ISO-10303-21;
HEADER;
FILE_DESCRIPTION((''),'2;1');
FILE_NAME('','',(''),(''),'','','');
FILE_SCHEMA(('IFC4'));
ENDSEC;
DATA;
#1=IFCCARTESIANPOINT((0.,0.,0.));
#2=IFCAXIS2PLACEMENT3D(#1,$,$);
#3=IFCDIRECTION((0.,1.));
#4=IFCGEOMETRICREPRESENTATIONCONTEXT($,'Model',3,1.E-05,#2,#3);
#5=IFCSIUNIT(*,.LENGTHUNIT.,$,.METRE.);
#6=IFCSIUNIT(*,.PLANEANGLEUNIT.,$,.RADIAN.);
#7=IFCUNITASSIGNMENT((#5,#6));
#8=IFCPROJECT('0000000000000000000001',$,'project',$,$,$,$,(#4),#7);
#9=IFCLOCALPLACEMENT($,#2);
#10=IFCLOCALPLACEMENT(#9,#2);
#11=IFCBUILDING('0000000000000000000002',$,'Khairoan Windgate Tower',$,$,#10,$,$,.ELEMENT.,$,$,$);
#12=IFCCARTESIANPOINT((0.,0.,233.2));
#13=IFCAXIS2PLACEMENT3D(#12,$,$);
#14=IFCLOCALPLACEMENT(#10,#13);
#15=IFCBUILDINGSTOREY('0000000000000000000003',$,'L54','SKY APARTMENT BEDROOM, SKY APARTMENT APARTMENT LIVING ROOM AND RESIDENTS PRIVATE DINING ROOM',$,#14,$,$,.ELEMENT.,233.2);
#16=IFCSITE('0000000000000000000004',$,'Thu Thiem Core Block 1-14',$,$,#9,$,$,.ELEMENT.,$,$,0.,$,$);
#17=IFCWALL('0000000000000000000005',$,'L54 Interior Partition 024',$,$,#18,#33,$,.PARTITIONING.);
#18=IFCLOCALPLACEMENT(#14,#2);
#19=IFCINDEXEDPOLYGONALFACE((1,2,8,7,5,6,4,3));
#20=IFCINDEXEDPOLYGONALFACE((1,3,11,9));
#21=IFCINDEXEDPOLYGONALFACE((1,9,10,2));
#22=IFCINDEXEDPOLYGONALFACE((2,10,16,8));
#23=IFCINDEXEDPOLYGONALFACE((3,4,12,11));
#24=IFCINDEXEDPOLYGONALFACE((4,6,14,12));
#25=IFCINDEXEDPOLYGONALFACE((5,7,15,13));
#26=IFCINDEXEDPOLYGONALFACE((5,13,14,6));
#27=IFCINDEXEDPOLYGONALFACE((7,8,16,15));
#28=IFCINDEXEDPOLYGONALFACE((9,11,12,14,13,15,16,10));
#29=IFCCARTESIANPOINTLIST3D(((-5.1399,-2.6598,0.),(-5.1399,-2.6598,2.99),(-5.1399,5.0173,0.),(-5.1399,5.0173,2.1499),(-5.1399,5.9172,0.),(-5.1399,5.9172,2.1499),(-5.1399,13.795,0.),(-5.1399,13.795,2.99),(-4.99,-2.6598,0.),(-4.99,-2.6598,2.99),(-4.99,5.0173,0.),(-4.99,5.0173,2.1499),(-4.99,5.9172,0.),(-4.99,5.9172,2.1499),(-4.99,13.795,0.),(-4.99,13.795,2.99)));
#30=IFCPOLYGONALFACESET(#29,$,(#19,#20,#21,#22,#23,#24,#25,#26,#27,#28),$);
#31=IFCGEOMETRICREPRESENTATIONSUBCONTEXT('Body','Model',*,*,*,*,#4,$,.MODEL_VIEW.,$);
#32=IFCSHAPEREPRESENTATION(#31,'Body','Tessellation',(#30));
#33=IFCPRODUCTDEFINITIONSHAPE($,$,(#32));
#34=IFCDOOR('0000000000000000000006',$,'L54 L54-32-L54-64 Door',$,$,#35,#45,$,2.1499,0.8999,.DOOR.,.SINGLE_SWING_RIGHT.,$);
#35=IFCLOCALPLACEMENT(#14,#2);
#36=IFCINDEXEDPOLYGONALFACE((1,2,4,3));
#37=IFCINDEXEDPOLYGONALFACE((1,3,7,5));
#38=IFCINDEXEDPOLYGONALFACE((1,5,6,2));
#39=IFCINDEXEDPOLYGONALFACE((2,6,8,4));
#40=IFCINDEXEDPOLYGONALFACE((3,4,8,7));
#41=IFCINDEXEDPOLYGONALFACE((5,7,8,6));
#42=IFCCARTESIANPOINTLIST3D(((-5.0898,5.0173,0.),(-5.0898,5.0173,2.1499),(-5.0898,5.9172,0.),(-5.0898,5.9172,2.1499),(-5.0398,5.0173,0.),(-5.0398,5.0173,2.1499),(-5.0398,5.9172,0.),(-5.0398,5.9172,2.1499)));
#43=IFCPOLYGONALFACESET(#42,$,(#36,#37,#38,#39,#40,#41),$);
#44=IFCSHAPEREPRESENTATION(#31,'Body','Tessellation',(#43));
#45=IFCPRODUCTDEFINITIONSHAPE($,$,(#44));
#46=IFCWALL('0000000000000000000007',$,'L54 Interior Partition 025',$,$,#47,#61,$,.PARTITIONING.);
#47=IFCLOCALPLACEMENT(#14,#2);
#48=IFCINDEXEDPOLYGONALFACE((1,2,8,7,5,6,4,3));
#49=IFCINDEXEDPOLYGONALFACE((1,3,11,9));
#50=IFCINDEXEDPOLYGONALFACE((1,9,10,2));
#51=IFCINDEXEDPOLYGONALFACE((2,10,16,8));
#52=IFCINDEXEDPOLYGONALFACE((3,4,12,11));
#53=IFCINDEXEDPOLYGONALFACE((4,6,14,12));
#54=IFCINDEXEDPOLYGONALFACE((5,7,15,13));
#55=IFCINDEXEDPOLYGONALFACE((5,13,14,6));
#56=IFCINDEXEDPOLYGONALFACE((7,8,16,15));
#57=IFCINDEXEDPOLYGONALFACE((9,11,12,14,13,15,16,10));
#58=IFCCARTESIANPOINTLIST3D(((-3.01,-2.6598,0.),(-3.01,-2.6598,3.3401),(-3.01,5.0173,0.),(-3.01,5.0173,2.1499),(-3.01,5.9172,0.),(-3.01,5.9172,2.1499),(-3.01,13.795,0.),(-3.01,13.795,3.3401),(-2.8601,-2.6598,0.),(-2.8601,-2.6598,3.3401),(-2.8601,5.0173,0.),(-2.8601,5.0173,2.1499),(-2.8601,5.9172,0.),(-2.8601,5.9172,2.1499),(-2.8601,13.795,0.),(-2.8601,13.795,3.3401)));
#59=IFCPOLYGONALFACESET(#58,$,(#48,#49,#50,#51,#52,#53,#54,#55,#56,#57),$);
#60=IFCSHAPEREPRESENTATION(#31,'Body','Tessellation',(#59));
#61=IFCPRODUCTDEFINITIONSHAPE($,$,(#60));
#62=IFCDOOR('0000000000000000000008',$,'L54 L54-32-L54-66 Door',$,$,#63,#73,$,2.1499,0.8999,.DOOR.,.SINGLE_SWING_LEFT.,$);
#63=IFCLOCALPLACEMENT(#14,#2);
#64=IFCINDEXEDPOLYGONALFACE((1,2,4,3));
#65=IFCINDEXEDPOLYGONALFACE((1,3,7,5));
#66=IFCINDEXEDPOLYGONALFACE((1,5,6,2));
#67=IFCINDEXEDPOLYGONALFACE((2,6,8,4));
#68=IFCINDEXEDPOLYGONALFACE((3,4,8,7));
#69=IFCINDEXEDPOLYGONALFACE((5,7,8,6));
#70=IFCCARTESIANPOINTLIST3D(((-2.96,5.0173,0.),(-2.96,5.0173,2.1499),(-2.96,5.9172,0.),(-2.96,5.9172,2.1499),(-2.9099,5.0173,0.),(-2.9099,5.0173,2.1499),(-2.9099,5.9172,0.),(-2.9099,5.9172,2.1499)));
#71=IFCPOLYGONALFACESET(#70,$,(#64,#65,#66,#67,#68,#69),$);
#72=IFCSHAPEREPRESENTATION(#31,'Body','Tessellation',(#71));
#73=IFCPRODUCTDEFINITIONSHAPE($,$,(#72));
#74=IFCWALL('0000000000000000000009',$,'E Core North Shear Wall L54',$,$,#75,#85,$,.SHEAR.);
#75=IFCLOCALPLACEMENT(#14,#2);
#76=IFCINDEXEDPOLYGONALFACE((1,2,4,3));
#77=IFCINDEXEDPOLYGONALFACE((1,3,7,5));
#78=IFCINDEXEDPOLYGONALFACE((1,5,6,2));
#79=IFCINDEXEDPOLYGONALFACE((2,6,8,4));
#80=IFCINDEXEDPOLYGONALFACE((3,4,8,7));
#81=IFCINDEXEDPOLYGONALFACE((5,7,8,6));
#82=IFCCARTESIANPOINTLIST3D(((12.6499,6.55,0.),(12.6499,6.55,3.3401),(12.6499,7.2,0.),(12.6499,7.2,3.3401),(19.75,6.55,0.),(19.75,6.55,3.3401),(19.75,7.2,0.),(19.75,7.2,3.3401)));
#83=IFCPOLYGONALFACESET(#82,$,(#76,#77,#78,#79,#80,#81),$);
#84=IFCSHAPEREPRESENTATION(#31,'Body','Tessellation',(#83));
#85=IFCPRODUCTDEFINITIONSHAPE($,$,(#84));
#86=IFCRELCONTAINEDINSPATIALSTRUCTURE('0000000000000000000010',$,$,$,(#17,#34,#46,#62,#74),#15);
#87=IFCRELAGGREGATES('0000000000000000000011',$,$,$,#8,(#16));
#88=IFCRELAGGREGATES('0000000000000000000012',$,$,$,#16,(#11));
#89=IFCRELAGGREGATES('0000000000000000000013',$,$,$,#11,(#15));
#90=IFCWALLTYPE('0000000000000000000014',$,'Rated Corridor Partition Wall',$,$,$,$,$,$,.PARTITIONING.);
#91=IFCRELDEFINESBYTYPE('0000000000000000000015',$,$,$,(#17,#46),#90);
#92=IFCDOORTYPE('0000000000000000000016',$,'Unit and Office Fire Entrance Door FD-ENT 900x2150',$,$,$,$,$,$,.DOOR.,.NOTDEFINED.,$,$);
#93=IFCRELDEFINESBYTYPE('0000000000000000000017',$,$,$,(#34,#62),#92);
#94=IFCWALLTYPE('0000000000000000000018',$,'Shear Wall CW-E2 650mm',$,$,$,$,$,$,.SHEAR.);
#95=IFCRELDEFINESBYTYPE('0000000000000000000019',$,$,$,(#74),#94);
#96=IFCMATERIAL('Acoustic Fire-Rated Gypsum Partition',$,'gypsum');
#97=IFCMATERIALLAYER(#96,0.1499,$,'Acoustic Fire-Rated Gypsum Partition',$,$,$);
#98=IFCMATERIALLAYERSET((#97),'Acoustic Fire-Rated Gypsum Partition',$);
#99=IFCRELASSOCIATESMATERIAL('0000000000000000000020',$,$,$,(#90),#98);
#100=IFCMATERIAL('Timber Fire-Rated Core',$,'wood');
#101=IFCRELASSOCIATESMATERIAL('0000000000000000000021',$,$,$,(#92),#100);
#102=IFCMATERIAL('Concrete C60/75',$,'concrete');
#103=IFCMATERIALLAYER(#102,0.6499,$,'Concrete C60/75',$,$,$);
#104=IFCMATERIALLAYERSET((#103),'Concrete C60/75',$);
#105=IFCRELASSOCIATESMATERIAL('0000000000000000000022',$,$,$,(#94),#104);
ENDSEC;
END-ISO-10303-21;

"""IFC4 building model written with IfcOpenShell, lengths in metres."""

from ifc_helpers import new_model, si_unit, direction, frame, frame_2d, origin, place, context, subcontext, project, spatial, rectangle, extrude, material, layer, layer_set, type_object, element, fill, save


model = new_model("IFC4")

# Units and contexts
model_context = context("Model", 3, precision=1e-05, world=origin(), true_north=direction((0.0, 1.0)))
body_context = subcontext(model_context, "Body", "Model", "MODEL_VIEW")
ifc_project = project(units=[si_unit("LENGTHUNIT", "METRE"), si_unit("PLANEANGLEUNIT", "RADIAN")], contexts=[model_context])

# Site, building, storey
site_placement = place(None, origin())
site = spatial("IfcSite", under=ifc_project, at=site_placement, Name="Thu Thiem Core Block 1-14", CompositionType="ELEMENT", RefElevation=0.0)
building_placement = place(site_placement, origin())
building = spatial("IfcBuilding", under=site, at=building_placement, Name="Khairoan Windgate Tower", CompositionType="ELEMENT")
storey_placement = place(building_placement, frame((0.0, 0.0, 233.2)))
storey = spatial("IfcBuildingStorey", under=building, at=storey_placement, Name="L54", Description="SKY APARTMENT BEDROOM, SKY APARTMENT APARTMENT LIVING ROOM AND RESIDENTS PRIVATE DINING ROOM", CompositionType="ELEMENT", Elevation=233.2)

# Walls, openings, doors
ifc_material_1 = material(Name="Acoustic Fire-Rated Gypsum Partition", Category="gypsum")
ifc_layer_1 = layer(ifc_material_1, 0.1499, Name="Acoustic Fire-Rated Gypsum Partition")
ifc_layer_set_1 = layer_set([ifc_layer_1], Name="Acoustic Fire-Rated Gypsum Partition")
wall_type_1 = type_object("IfcWallType", Name="Rated Corridor Partition Wall", PredefinedType="PARTITIONING", material=ifc_layer_set_1)
ifc_material_2 = material(Name="Timber Fire-Rated Core", Category="wood")
door_type = type_object("IfcDoorType", Name="Unit and Office Fire Entrance Door FD-ENT 900x2150", OperationType="NOTDEFINED", PredefinedType="DOOR", material=ifc_material_2)
wall_1_placement = place(storey_placement, frame((-5.0649, -2.6599, 0.0), z_axis=(0.0, 0.0, 1.0), x_axis=(0.0, 1.0, 0.0)))
wall_1 = element("IfcWall", 1, at=wall_1_placement, inside=storey, type_object=wall_type_1, Name="L54 Interior Partition 024", PredefinedType="PARTITIONING", context=body_context, shape_type="SweptSolid", body=[
    extrude(rectangle(XDim=16.4548, YDim=0.1499, at=frame_2d((8.2275, 0.0))), origin(), (0.0, 0.0, 1.0), 2.99),
])
opening_1_placement = place(wall_1_placement, frame((7.6772, 0.0, 0.0)))
opening_1 = element("IfcOpeningElement", 2, at=opening_1_placement, cuts=wall_1, PredefinedType="OPENING", context=body_context, shape_type="SweptSolid", body=[
    extrude(rectangle(XDim=0.8999, YDim=2.1499, at=frame_2d((0.45, 1.075))), frame((0.0, 0.085, 0.0), z_axis=(0.0, -1.0, 0.0), x_axis=(1.0, 0.0, 0.0)), (0.0, 0.0, 1.0), 0.1699),
])
door_1_placement = place(opening_1_placement, origin())
door_1 = element("IfcDoor", 3, at=door_1_placement, inside=storey, type_object=door_type, Name="L54 L54-32-L54-64 Door", OperationType="SINGLE_SWING_RIGHT", OverallHeight=2.1499, OverallWidth=0.8999, PredefinedType="DOOR", context=body_context, shape_type="SweptSolid", body=[
    extrude(rectangle(XDim=0.8999, YDim=2.1499, at=frame_2d((0.45, 1.075))), frame((0.0, 0.0249, 0.0), z_axis=(0.0, -1.0, 0.0), x_axis=(1.0, 0.0, 0.0)), (0.0, 0.0, 1.0), 0.05),
])
fill(opening_1, door_1)
wall_2_placement = place(storey_placement, frame((-2.9351, -2.6599, 0.0), z_axis=(0.0, 0.0, 1.0), x_axis=(0.0, 1.0, 0.0)))
wall_2 = element("IfcWall", 4, at=wall_2_placement, inside=storey, type_object=wall_type_1, Name="L54 Interior Partition 025", PredefinedType="PARTITIONING", context=body_context, shape_type="SweptSolid", body=[
    extrude(rectangle(XDim=16.4548, YDim=0.1499, at=frame_2d((8.2275, 0.0))), origin(), (0.0, 0.0, 1.0), 3.3401),
])
opening_2_placement = place(wall_2_placement, frame((7.6772, 0.0, 0.0)))
opening_2 = element("IfcOpeningElement", 5, at=opening_2_placement, cuts=wall_2, PredefinedType="OPENING", context=body_context, shape_type="SweptSolid", body=[
    extrude(rectangle(XDim=0.8999, YDim=2.1499, at=frame_2d((0.45, 1.075))), frame((0.0, 0.085, 0.0), z_axis=(0.0, -1.0, 0.0), x_axis=(1.0, 0.0, 0.0)), (0.0, 0.0, 1.0), 0.1699),
])
door_2_placement = place(opening_2_placement, origin())
door_2 = element("IfcDoor", 6, at=door_2_placement, inside=storey, type_object=door_type, Name="L54 L54-32-L54-66 Door", OperationType="SINGLE_SWING_LEFT", OverallHeight=2.1499, OverallWidth=0.8999, PredefinedType="DOOR", context=body_context, shape_type="SweptSolid", body=[
    extrude(rectangle(XDim=0.8999, YDim=2.1499, at=frame_2d((0.45, 1.075))), frame((0.0, 0.0249, 0.0), z_axis=(0.0, -1.0, 0.0), x_axis=(1.0, 0.0, 0.0)), (0.0, 0.0, 1.0), 0.05),
])
fill(opening_2, door_2)

# Wall
ifc_material_3 = material(Name="Concrete C60/75", Category="concrete")
ifc_layer_2 = layer(ifc_material_3, 0.6499, Name="Concrete C60/75")
ifc_layer_set_2 = layer_set([ifc_layer_2], Name="Concrete C60/75")
wall_type_2 = type_object("IfcWallType", Name="Shear Wall CW-E2 650mm", PredefinedType="SHEAR", material=ifc_layer_set_2)
wall_3_placement = place(storey_placement, frame((12.6499, 6.875, 0.0), z_axis=(0.0, 0.0, 1.0), x_axis=(1.0, 0.0, 0.0)))
element("IfcWall", 7, at=wall_3_placement, inside=storey, type_object=wall_type_2, Name="E Core North Shear Wall L54", PredefinedType="SHEAR", context=body_context, shape_type="SweptSolid", body=[
    extrude(rectangle(XDim=7.1001, YDim=0.6499, at=frame_2d((3.55, 0.0))), origin(), (0.0, 0.0, 1.0), 3.3401),
])

save(model, "model.ifc")
